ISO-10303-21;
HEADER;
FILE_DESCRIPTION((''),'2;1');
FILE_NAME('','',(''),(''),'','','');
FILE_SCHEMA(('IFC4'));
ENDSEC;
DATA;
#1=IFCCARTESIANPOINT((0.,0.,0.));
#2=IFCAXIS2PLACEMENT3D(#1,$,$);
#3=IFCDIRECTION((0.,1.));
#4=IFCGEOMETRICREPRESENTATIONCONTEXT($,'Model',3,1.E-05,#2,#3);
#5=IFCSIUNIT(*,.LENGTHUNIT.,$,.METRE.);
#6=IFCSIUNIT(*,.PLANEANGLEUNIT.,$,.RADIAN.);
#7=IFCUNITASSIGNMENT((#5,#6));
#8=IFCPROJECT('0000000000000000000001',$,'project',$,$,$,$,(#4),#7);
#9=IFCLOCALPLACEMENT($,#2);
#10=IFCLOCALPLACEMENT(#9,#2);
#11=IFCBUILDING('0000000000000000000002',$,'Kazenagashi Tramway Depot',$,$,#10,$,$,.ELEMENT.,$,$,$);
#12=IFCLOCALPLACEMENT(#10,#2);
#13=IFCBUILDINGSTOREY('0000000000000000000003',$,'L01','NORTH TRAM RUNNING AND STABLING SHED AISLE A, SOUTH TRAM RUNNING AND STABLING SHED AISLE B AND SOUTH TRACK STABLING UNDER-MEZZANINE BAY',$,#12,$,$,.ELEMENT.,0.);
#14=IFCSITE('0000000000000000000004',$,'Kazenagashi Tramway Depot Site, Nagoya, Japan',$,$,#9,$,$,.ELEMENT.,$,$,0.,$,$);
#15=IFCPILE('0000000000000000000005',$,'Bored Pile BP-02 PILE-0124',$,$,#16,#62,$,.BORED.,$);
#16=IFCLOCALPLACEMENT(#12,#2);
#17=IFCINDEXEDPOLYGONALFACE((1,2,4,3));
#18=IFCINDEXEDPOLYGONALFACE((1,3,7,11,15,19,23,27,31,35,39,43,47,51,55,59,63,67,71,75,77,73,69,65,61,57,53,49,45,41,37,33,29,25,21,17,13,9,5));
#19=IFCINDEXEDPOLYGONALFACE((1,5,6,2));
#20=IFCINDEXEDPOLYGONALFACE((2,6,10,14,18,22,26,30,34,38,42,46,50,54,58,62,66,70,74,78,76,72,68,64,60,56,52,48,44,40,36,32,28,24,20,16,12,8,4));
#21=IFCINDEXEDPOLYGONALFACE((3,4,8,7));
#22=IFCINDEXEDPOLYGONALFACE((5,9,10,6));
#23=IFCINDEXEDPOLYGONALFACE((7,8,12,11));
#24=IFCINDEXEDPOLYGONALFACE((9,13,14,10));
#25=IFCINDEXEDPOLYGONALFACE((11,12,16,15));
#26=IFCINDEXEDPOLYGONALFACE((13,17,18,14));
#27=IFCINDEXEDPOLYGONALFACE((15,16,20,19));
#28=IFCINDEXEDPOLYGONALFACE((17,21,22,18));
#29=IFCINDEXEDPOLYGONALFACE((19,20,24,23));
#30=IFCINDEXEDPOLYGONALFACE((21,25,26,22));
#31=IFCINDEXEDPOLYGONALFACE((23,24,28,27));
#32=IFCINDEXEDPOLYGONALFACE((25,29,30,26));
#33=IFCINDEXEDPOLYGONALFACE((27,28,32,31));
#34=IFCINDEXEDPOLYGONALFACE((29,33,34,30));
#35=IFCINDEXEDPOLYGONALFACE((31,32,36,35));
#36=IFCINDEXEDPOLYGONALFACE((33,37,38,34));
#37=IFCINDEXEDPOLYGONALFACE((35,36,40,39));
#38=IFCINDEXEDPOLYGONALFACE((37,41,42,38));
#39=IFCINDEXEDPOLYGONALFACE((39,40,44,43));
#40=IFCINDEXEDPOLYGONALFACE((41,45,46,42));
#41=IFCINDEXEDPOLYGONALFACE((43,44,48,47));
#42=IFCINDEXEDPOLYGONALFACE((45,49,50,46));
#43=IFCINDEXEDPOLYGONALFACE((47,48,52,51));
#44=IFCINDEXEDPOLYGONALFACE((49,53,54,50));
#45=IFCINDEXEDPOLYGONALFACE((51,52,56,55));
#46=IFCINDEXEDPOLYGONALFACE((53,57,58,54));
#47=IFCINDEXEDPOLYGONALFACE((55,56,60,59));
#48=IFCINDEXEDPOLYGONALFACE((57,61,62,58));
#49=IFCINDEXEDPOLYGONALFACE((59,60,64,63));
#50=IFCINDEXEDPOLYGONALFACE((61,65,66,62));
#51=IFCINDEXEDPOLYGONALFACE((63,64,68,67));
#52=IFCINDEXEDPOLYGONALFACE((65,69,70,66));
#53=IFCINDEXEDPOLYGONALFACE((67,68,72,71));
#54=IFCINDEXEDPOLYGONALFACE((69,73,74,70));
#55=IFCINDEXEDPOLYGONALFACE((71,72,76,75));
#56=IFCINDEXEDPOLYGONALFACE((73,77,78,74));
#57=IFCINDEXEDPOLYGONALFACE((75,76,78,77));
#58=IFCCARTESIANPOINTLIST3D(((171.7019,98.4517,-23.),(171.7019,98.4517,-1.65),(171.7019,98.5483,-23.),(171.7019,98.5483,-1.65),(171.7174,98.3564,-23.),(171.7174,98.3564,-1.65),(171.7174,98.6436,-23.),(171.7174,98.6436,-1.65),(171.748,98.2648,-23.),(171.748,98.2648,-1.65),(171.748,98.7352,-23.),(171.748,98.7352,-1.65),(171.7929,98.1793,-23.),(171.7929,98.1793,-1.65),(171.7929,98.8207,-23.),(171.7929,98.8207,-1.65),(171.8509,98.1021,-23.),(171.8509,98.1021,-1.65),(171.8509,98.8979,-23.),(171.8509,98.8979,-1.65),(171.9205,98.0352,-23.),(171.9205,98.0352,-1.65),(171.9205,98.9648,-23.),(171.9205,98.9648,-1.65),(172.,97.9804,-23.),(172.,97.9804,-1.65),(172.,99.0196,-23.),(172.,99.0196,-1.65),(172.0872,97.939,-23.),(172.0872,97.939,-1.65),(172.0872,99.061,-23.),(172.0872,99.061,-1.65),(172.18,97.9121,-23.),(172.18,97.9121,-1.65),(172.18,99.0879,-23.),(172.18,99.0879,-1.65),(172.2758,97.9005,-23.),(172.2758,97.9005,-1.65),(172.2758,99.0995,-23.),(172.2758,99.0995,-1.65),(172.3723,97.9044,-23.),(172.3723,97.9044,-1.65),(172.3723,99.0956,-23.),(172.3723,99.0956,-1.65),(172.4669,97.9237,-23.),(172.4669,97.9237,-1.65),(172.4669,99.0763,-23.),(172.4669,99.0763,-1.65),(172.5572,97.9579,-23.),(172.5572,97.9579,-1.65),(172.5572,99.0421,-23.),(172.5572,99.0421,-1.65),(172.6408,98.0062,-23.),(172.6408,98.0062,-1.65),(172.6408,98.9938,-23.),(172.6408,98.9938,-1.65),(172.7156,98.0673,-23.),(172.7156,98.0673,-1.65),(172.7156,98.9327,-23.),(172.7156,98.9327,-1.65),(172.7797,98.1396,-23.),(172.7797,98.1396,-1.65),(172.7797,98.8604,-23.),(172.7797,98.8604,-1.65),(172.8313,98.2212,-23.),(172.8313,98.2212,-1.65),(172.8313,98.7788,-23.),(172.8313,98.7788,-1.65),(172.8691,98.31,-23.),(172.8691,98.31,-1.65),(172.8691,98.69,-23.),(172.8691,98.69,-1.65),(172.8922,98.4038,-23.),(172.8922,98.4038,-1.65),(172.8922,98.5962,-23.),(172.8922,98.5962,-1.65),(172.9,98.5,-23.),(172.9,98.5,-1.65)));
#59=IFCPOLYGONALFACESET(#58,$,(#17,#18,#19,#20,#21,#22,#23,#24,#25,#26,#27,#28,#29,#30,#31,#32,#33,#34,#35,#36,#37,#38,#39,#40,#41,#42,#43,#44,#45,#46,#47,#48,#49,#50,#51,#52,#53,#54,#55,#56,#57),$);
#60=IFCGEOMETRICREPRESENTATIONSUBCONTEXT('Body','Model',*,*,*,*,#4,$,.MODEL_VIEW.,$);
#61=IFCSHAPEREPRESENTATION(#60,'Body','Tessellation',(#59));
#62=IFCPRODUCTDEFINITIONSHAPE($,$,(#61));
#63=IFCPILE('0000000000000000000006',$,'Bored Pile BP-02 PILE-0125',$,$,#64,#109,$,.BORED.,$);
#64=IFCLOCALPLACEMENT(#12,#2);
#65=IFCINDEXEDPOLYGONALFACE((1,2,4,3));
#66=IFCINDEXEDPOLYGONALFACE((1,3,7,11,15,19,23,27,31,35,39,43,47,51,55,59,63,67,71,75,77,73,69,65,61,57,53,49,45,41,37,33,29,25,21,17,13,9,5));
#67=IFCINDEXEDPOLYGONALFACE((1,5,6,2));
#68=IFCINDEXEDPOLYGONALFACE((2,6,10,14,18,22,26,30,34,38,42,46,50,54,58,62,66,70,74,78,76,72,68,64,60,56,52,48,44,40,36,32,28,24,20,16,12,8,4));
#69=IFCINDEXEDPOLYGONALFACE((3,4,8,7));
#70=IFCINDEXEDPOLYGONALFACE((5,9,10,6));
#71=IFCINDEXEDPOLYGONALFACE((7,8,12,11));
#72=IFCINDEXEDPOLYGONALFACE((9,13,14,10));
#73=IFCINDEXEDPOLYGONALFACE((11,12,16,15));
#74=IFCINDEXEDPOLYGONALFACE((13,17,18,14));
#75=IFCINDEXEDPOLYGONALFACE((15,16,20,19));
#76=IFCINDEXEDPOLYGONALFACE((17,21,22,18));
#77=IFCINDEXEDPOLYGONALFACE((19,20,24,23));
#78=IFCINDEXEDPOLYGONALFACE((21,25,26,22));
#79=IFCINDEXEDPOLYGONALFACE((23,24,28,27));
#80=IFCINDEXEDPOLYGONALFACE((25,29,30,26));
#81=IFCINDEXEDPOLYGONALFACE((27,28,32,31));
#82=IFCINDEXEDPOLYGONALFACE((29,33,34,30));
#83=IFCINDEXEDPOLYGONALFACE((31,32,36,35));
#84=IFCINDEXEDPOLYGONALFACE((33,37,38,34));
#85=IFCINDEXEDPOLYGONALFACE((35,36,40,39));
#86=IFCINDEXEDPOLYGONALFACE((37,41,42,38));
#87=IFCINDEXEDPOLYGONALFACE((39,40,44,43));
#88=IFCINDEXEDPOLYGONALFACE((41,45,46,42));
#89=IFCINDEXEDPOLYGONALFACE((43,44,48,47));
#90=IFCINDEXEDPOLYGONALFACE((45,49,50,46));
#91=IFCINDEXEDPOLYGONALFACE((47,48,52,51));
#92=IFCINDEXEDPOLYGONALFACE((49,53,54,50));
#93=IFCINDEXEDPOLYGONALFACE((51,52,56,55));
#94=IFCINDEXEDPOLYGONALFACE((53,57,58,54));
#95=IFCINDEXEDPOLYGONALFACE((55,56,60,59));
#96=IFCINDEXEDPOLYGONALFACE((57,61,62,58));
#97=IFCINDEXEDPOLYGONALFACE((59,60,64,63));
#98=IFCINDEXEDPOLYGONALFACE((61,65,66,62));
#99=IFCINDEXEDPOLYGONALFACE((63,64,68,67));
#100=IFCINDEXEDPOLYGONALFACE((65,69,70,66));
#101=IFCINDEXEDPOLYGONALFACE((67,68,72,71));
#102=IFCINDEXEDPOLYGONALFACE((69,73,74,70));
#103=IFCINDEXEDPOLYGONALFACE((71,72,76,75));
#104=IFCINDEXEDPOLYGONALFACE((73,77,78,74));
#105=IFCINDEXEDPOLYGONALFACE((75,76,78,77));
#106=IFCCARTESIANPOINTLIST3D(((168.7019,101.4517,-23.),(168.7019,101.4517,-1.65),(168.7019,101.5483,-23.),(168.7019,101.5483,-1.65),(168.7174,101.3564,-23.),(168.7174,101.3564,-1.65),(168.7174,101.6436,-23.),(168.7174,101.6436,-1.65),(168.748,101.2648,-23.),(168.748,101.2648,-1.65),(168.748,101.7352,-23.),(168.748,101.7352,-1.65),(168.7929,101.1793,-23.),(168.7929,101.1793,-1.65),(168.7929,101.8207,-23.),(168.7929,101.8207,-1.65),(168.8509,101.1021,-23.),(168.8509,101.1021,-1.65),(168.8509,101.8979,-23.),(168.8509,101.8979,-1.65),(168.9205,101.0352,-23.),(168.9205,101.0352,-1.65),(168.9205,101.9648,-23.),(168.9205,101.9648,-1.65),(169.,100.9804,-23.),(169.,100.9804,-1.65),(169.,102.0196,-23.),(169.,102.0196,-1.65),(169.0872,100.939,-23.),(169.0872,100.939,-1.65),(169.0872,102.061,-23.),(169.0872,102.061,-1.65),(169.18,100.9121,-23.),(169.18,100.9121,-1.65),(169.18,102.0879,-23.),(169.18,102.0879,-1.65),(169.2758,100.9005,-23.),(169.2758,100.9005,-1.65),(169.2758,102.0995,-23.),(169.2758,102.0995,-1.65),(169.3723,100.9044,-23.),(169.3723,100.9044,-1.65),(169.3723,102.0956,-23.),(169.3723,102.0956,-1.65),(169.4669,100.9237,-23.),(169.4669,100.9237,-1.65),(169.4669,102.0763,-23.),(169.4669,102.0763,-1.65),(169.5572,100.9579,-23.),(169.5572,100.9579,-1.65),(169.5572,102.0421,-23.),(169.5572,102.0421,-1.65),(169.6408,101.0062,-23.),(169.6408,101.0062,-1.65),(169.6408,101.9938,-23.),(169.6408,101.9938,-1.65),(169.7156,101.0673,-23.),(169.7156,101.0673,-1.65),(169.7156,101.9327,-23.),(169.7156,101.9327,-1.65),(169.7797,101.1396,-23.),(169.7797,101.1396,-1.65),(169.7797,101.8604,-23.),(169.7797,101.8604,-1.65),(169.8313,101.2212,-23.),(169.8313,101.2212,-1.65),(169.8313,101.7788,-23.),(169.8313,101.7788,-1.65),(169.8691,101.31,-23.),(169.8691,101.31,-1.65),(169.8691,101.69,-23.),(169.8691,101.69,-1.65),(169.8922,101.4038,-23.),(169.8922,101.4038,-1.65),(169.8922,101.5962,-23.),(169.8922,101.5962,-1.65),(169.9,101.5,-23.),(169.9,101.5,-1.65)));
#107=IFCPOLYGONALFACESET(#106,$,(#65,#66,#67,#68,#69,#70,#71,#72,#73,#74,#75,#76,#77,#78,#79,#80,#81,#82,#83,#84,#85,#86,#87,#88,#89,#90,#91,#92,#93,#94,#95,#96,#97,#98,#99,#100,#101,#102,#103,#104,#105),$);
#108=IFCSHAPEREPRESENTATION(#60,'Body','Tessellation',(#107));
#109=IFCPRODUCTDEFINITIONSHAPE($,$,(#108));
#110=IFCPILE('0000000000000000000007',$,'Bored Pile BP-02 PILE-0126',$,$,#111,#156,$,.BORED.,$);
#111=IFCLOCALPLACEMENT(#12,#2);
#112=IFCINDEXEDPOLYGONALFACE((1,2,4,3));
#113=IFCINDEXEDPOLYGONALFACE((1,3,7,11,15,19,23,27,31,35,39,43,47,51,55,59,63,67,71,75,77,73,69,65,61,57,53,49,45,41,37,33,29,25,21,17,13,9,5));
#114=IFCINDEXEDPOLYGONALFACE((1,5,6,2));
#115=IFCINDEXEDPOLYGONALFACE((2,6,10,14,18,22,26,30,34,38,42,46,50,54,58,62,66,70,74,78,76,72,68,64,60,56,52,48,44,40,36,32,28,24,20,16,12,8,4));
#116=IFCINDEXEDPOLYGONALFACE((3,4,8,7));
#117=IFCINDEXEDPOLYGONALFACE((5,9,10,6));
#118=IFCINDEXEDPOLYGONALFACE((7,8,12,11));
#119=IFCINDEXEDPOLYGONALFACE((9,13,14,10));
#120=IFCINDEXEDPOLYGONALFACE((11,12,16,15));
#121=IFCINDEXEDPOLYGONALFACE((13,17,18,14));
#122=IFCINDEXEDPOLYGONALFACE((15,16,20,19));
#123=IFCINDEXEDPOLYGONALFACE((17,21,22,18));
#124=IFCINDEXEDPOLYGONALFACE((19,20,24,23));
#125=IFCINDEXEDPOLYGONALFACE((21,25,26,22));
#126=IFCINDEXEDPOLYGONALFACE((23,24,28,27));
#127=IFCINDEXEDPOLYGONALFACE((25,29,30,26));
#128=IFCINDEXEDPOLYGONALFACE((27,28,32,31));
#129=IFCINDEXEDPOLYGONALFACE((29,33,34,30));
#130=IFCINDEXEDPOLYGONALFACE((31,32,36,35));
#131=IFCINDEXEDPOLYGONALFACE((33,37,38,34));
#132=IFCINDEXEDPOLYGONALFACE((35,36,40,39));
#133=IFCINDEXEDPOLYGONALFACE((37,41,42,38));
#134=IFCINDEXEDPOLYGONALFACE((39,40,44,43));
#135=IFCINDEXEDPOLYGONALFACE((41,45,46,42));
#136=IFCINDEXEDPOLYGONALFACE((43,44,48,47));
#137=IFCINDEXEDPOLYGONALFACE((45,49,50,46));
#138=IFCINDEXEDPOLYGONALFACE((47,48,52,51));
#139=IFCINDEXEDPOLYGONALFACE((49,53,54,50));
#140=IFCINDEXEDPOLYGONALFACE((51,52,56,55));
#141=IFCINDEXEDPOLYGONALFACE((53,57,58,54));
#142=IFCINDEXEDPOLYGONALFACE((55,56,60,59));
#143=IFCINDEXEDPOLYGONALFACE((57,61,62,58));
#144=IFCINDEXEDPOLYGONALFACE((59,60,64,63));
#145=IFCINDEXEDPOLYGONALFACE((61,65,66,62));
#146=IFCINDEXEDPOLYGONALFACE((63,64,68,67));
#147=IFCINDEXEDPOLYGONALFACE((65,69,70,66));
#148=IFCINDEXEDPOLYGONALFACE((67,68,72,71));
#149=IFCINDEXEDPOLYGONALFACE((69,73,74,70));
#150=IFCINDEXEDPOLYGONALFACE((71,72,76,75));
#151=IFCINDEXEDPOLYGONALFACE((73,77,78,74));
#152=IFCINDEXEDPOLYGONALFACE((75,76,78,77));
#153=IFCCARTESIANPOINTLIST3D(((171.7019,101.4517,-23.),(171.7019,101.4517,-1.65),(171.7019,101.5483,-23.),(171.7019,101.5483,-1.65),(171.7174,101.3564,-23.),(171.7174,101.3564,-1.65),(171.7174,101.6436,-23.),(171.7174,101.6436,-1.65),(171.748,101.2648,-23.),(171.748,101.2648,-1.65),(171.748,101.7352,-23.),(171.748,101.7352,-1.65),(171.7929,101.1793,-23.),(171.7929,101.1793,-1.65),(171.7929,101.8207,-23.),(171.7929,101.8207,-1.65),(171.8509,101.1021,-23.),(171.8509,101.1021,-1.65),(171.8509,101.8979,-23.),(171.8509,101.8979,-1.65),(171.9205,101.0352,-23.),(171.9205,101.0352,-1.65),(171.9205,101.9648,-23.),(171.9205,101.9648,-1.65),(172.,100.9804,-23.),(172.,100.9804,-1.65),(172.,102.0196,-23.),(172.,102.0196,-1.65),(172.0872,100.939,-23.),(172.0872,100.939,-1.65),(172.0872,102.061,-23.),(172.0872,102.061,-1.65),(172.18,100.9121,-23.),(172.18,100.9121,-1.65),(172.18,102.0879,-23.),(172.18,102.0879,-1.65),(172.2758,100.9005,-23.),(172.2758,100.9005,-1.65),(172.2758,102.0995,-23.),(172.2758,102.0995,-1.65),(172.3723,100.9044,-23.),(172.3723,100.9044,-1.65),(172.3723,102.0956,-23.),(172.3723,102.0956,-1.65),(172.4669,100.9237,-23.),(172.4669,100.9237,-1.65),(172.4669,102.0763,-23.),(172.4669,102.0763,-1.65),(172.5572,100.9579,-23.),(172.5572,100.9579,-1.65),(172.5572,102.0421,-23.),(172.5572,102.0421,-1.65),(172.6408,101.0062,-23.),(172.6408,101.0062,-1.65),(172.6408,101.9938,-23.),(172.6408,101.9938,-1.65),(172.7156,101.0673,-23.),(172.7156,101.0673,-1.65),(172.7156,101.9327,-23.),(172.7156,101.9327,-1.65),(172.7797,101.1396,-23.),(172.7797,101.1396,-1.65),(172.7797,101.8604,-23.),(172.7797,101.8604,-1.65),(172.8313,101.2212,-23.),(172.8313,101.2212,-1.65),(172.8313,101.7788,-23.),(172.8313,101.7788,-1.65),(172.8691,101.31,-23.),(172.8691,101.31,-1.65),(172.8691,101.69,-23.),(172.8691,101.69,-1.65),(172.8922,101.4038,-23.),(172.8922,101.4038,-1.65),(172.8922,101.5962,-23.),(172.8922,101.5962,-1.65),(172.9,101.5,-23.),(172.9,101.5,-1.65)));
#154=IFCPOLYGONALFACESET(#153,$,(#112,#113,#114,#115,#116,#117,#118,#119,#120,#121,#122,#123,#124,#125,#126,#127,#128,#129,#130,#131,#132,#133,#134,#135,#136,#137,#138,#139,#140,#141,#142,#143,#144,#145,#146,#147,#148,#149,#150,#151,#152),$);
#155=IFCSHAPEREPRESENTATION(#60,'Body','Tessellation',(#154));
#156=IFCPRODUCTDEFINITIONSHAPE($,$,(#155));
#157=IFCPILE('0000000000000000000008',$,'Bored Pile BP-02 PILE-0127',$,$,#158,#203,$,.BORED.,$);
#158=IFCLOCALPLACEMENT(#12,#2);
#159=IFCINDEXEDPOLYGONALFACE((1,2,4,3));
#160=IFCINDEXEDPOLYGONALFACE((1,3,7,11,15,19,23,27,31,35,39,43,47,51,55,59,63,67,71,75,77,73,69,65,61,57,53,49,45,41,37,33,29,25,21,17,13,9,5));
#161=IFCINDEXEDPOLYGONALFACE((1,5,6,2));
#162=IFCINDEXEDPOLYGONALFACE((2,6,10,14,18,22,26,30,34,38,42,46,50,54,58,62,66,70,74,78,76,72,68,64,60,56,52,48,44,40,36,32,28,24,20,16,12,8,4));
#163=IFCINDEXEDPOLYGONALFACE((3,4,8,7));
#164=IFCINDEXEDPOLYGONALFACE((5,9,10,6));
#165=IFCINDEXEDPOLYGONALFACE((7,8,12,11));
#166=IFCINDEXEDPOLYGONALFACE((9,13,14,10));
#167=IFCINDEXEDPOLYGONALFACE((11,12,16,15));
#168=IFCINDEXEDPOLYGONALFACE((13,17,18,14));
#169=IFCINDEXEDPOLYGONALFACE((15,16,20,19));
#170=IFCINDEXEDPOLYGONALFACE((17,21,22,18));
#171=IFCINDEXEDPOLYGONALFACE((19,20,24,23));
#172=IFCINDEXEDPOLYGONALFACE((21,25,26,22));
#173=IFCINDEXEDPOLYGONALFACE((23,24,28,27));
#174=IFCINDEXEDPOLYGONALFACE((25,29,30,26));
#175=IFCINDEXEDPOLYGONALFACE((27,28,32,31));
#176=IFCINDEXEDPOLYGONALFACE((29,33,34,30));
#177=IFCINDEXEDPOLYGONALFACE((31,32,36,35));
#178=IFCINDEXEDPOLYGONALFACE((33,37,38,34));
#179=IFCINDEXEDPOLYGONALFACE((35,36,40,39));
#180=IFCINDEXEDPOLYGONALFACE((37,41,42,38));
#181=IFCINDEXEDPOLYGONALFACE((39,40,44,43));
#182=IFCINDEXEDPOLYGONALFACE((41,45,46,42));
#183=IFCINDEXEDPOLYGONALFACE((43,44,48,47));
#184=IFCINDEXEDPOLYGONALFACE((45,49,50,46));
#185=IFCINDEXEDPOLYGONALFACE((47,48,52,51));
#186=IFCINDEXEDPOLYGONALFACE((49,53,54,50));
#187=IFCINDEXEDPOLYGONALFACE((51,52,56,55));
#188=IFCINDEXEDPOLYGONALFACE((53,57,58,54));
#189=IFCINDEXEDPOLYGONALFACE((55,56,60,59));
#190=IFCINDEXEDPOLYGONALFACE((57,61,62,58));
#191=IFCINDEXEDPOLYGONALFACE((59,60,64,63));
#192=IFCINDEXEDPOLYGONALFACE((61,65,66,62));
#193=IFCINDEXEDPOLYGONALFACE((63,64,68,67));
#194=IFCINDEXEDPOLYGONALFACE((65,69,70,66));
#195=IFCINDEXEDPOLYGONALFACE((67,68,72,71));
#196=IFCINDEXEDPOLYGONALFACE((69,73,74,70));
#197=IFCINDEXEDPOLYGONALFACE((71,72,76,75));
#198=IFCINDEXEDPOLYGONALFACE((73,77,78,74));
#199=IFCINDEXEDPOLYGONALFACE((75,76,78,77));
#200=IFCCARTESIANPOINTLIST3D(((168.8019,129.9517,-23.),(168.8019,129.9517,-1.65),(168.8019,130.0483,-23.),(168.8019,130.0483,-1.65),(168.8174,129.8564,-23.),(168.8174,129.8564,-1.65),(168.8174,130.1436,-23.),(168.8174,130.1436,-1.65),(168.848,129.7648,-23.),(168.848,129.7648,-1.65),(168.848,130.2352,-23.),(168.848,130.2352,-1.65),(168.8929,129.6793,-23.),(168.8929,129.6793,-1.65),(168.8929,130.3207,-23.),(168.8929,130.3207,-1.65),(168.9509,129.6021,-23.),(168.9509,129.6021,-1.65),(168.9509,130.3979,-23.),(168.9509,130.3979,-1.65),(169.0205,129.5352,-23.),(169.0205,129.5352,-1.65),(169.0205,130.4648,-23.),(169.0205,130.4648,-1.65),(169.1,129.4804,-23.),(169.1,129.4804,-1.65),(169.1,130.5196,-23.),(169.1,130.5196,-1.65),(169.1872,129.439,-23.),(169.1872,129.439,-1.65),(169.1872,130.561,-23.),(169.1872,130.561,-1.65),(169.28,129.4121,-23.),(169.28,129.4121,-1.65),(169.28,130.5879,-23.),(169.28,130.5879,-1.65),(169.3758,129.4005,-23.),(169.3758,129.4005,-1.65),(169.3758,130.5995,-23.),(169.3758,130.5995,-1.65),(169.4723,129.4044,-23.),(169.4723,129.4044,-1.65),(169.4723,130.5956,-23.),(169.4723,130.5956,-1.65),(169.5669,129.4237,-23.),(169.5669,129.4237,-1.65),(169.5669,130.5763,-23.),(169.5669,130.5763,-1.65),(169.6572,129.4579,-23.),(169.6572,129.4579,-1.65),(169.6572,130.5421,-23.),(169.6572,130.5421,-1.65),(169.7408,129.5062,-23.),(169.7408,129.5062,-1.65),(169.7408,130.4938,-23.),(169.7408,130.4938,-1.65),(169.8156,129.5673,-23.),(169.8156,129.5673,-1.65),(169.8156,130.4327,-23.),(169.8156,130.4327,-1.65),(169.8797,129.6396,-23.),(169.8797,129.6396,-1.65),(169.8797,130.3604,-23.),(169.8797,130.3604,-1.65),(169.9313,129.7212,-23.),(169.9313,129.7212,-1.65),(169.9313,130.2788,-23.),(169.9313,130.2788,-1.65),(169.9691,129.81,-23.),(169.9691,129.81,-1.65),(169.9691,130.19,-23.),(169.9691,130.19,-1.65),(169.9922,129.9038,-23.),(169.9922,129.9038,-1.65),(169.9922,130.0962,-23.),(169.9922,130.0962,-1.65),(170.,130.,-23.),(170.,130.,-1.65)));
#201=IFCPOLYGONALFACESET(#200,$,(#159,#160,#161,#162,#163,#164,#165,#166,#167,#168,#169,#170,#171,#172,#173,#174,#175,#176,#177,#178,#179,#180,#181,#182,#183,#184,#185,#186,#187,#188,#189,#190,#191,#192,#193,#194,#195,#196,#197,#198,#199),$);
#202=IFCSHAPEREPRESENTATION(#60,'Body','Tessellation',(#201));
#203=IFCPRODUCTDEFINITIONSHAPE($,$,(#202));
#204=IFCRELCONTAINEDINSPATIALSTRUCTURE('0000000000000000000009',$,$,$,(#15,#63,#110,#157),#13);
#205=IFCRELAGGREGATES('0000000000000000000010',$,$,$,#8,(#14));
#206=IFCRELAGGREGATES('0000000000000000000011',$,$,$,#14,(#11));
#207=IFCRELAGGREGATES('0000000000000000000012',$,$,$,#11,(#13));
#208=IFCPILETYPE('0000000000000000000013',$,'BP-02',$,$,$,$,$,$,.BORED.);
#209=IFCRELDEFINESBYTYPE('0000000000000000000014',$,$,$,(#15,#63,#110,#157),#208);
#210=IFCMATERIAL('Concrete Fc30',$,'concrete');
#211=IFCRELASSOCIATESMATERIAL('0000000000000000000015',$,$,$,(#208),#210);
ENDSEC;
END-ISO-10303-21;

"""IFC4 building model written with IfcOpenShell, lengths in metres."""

from ifc_helpers import new_model, si_unit, direction, frame, origin, origin_2d, place, context, subcontext, project, spatial, circle, extrude, material, material_profile, profile_set, type_object, element, save


model = new_model("IFC4")

# Units and contexts
model_context = context("Model", 3, precision=1e-05, world=origin(), true_north=direction((0.0, 1.0)))
body_context = subcontext(model_context, "Body", "Model", "MODEL_VIEW")
ifc_project = project(units=[si_unit("LENGTHUNIT", "METRE"), si_unit("PLANEANGLEUNIT", "RADIAN")], contexts=[model_context])

# Site, building, storey
site_placement = place(None, origin())
site = spatial("IfcSite", under=ifc_project, at=site_placement, Name="Kazenagashi Tramway Depot Site, Nagoya, Japan", CompositionType="ELEMENT", RefElevation=0.0)
building_placement = place(site_placement, origin())
building = spatial("IfcBuilding", under=site, at=building_placement, Name="Kazenagashi Tramway Depot", CompositionType="ELEMENT")
storey_placement = place(building_placement, origin())
storey = spatial("IfcBuildingStorey", under=building, at=storey_placement, Name="L01", Description="NORTH TRAM RUNNING AND STABLING SHED AISLE A, SOUTH TRAM RUNNING AND STABLING SHED AISLE B AND SOUTH TRACK STABLING UNDER-MEZZANINE BAY", CompositionType="ELEMENT", Elevation=0.0)

# Piles
ifc_material_1 = material(Name="Concrete Fc30", Category="concrete")
ifc_material_profile_1 = material_profile(ifc_material_1, circle(Radius=0.6, at=origin_2d()), Name="PILE-1200")
ifc_profile_set_1 = profile_set([ifc_material_profile_1], Name="Concrete Fc30")
pile_type = type_object("IfcPileType", Name="BP-02", PredefinedType="BORED", material=ifc_profile_set_1)
for number, where, z_axis, x_axis, name in (
    (1, (172.3, 98.5, -1.65), (0.0, 0.0, -1.0), (1.0, 0.0, 0.0), "Bored Pile BP-02 PILE-0124"),
    (2, (169.3, 101.5, -1.65), (0.0, 0.0, -1.0), (1.0, 0.0, 0.0), "Bored Pile BP-02 PILE-0125"),
    (3, (172.3, 101.5, -1.65), (0.0, 0.0, -1.0), (1.0, 0.0, 0.0), "Bored Pile BP-02 PILE-0126"),
    (4, (169.4, 130.0, -1.65), (0.0, 0.0, -1.0), (1.0, 0.0, 0.0), "Bored Pile BP-02 PILE-0127"),
):
    element("IfcPile", number, at=place(storey_placement, frame(where, z_axis=z_axis, x_axis=x_axis)), inside=storey, type_object=pile_type, Name=name, PredefinedType="BORED", context=body_context, shape_type="SweptSolid", body=[
        extrude(circle(Radius=0.6, at=origin_2d()), origin(), (0.0, 0.0, 1.0), 21.35),
    ])

save(model, "model.ifc")
